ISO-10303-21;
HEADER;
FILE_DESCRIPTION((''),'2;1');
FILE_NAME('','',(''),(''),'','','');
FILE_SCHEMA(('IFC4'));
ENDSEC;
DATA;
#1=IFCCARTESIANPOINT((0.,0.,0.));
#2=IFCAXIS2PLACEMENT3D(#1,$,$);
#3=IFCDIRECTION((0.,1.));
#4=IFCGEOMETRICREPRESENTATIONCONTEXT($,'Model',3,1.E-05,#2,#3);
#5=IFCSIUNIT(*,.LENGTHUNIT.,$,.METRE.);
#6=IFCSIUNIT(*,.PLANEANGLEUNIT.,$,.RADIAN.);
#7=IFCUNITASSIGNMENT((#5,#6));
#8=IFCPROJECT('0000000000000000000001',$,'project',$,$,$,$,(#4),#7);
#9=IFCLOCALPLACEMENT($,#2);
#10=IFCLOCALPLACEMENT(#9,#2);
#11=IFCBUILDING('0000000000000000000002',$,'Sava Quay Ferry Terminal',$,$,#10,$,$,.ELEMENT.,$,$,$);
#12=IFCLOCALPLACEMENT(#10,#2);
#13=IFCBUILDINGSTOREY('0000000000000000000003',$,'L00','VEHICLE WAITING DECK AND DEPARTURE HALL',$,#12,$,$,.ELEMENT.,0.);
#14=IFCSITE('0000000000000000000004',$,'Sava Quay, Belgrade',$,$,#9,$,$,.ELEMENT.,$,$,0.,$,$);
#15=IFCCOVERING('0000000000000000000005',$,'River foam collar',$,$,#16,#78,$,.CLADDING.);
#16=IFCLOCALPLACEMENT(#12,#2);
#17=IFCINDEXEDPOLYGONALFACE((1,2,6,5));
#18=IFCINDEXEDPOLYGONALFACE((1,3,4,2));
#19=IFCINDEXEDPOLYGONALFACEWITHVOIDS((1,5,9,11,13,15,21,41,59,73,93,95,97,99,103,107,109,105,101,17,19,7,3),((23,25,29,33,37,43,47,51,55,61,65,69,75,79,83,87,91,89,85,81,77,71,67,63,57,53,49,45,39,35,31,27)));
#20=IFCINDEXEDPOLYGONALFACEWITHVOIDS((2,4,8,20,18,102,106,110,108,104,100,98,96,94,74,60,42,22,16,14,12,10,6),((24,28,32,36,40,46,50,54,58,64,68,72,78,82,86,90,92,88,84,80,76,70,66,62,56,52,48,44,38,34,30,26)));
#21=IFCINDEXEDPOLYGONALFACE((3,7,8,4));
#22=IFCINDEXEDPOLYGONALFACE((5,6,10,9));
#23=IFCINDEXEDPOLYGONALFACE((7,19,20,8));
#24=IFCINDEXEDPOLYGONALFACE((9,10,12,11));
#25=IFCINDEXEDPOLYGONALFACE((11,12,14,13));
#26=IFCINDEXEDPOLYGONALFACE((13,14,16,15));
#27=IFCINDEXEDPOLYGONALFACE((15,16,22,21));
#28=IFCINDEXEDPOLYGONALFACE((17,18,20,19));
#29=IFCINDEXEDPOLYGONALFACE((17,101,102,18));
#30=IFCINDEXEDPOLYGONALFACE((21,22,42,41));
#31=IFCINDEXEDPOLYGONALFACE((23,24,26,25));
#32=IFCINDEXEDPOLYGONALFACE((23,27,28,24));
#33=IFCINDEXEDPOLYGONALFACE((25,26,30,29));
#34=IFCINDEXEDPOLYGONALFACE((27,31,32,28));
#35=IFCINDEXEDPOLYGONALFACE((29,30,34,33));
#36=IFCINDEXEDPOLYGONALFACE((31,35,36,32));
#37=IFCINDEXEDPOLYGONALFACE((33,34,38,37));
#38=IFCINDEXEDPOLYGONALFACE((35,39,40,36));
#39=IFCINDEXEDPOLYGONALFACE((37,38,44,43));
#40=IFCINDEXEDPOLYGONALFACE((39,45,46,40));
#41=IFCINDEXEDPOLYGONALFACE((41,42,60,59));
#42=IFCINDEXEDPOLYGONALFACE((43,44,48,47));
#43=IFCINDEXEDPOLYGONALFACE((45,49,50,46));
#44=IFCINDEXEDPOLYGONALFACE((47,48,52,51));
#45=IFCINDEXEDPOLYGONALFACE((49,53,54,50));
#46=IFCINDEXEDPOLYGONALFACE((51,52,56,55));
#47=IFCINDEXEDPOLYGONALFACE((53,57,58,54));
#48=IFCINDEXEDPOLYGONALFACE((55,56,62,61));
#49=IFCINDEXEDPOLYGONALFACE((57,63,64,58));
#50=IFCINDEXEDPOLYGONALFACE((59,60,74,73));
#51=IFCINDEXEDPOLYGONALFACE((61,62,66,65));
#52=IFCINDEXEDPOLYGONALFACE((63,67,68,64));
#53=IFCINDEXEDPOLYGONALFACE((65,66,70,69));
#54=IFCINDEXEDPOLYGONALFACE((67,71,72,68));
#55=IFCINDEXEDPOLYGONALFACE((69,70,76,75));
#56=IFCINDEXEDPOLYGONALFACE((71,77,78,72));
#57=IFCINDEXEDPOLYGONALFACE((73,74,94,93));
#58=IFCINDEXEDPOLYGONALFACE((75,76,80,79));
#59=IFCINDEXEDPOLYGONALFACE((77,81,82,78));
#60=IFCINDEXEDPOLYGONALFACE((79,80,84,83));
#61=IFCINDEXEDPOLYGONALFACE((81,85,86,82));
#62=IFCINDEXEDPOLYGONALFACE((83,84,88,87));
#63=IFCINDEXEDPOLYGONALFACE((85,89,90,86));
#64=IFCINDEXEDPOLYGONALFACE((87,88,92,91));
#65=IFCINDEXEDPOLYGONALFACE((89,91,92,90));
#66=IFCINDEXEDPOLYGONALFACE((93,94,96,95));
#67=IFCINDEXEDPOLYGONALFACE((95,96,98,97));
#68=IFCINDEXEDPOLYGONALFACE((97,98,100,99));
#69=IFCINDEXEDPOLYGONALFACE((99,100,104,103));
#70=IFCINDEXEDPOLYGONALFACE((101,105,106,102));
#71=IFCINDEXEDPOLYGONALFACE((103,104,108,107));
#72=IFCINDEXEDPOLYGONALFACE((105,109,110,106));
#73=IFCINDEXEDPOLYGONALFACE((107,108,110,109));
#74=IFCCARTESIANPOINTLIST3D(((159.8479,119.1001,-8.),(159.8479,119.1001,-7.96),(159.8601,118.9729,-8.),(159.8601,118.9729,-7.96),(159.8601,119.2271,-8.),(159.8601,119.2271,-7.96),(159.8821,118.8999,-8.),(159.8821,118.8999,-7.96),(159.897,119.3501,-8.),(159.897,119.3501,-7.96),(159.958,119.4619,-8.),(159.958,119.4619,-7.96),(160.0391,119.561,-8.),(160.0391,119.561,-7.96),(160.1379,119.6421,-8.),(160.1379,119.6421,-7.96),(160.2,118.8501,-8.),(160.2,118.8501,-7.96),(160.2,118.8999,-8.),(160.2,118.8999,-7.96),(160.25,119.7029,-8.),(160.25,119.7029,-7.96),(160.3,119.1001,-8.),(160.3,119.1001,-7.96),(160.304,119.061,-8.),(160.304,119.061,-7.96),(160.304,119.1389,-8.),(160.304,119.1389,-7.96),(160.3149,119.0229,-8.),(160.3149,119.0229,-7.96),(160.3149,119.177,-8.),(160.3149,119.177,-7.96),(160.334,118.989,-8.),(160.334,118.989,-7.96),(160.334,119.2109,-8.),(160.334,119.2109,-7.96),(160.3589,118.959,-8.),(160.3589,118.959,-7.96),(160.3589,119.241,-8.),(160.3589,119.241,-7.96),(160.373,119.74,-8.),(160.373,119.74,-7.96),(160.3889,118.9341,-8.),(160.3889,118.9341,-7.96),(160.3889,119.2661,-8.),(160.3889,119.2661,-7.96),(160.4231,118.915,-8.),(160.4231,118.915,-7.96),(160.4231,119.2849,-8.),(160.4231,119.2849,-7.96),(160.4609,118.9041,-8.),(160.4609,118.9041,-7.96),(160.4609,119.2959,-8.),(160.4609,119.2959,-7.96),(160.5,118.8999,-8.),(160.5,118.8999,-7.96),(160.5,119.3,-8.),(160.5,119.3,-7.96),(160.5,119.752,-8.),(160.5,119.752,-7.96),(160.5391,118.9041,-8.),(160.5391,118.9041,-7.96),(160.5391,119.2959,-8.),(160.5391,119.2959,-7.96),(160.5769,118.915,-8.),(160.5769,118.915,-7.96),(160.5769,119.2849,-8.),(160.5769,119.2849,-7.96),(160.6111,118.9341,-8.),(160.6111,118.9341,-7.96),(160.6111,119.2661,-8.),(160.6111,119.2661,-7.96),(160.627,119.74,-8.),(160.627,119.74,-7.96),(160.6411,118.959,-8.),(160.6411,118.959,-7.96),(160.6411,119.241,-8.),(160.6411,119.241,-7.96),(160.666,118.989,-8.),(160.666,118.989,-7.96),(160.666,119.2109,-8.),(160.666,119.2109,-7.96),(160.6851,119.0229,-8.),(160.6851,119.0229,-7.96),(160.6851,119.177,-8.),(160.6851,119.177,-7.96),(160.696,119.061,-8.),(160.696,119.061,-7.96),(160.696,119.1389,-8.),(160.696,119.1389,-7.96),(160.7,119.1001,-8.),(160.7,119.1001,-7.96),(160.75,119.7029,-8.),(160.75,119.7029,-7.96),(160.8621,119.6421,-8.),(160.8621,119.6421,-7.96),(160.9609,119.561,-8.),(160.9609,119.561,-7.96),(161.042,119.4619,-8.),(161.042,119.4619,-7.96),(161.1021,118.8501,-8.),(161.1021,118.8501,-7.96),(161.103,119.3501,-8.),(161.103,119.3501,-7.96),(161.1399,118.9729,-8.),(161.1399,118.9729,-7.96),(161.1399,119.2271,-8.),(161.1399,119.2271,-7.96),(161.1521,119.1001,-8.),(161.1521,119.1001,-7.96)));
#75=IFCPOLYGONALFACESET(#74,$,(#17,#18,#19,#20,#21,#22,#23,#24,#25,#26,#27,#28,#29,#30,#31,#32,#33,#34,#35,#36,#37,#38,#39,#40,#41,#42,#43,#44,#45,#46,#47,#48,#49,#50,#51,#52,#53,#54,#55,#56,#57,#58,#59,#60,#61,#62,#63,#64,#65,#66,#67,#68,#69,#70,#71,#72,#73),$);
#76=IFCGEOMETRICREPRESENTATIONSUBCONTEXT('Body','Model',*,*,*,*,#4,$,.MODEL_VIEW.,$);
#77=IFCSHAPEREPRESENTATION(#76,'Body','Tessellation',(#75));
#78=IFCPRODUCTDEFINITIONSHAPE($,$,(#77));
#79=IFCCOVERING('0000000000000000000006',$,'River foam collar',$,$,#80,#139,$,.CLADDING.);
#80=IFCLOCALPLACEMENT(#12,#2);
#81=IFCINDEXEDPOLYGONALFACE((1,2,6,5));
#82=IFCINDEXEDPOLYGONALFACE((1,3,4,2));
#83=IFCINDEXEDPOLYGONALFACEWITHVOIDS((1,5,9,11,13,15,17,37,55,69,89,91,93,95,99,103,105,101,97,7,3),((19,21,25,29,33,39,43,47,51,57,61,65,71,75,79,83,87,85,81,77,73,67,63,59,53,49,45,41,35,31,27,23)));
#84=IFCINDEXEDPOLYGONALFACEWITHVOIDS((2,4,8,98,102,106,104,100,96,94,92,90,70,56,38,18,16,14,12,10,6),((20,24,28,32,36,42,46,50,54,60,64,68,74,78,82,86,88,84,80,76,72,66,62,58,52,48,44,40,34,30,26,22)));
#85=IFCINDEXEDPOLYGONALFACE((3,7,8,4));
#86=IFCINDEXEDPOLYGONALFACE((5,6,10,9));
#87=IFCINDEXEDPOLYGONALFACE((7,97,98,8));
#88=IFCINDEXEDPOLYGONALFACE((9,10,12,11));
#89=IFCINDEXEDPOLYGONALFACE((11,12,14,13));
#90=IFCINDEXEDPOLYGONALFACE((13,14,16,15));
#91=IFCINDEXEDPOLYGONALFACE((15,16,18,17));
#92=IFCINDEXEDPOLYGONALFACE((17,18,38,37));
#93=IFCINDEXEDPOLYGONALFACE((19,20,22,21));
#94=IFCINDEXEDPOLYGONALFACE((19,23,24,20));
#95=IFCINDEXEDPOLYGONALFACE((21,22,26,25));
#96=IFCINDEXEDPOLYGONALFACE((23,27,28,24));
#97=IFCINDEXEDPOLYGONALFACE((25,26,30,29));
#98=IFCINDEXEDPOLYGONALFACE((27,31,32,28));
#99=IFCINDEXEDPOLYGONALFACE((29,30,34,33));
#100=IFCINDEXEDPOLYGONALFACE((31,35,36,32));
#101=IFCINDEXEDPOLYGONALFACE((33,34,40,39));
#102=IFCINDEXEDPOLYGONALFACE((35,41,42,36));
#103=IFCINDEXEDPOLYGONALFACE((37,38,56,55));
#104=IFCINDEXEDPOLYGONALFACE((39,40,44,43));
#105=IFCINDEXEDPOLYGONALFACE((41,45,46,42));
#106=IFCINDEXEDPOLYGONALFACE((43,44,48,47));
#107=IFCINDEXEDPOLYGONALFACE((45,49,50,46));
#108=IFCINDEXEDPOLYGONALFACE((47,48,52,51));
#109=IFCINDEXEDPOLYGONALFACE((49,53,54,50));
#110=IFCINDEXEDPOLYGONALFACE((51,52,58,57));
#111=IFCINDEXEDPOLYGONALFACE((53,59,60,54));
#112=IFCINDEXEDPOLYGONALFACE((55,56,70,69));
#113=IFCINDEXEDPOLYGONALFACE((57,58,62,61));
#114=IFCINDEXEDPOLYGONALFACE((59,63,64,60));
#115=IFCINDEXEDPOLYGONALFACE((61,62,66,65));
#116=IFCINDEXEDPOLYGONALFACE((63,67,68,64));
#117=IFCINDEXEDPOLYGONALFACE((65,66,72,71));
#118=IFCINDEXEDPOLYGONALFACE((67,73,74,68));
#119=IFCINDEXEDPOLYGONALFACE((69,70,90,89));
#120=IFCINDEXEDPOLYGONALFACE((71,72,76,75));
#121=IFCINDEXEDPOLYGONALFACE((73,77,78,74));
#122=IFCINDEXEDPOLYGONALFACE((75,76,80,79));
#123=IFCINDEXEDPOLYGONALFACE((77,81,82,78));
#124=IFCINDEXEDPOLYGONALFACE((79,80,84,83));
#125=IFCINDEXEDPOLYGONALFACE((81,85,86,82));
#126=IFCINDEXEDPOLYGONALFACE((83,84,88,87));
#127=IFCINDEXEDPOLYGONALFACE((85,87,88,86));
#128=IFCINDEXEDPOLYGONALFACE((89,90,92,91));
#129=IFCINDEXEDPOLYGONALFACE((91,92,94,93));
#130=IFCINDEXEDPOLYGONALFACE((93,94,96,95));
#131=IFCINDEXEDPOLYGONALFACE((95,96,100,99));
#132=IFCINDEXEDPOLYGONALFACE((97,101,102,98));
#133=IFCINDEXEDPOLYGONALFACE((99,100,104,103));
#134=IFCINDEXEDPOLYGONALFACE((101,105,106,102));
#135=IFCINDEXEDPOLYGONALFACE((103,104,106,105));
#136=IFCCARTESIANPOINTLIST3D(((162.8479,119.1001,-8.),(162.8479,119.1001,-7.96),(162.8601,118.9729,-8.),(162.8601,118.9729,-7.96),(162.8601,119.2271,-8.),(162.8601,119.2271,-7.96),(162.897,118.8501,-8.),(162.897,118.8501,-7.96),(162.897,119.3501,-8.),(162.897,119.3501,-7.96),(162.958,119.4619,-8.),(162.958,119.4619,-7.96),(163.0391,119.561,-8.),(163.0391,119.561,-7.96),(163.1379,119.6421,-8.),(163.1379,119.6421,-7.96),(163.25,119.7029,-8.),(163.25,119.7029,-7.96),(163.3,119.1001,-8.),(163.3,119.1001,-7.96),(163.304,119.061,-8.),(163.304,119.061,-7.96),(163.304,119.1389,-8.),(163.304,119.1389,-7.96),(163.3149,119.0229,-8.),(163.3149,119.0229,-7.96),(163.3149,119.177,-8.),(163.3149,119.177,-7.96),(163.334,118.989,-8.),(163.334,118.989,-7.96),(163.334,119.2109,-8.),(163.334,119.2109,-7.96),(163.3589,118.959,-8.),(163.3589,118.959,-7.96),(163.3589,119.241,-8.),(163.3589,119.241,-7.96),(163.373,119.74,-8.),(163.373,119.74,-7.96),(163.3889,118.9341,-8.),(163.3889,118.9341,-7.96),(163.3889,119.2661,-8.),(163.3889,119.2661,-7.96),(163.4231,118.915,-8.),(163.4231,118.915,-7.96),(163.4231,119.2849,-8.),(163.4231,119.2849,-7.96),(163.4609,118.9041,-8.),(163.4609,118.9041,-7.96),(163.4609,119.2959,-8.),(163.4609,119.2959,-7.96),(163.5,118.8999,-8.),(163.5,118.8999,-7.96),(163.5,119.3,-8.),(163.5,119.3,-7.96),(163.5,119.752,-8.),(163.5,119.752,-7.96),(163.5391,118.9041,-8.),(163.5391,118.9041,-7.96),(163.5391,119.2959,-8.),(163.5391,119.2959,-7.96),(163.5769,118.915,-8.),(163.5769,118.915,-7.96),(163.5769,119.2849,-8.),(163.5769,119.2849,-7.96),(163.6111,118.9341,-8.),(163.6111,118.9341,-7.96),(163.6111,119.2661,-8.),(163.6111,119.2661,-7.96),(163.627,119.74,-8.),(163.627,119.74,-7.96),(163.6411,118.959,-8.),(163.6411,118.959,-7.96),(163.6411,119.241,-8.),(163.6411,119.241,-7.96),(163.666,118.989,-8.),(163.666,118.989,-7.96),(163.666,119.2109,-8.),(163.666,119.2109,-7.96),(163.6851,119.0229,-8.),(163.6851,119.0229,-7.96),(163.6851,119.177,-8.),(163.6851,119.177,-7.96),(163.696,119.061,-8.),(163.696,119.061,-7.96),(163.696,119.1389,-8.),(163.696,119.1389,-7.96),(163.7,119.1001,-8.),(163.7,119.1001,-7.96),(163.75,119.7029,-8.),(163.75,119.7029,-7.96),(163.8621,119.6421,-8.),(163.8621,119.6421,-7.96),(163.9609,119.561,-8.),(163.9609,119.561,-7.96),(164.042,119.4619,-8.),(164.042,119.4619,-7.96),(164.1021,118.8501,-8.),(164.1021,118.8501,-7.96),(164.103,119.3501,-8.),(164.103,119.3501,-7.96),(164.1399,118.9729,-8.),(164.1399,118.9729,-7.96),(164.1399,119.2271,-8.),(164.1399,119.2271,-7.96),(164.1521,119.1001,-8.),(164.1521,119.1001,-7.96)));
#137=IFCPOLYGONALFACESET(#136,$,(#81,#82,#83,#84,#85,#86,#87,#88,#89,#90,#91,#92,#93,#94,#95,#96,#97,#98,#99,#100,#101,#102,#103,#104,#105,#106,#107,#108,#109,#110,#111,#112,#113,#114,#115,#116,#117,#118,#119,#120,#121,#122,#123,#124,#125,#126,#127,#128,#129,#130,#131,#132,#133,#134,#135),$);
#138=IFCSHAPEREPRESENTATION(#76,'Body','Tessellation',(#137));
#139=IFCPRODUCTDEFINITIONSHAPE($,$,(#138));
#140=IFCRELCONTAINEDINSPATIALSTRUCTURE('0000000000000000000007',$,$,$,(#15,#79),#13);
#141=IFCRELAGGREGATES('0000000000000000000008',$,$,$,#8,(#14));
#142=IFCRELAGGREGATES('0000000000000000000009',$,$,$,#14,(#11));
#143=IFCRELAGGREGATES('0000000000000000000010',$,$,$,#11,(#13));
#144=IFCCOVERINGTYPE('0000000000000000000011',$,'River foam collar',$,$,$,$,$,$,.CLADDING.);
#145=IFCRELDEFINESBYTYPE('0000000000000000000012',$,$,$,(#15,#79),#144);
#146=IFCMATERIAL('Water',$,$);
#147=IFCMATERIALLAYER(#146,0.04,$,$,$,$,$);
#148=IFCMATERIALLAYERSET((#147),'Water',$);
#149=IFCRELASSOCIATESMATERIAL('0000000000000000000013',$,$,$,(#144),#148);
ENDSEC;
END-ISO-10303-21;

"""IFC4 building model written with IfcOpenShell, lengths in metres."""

from ifc_helpers import new_model, si_unit, direction, frame, origin, place, context, subcontext, project, spatial, polyline, outline, extrude, material, layer, layer_set, type_object, element, save


model = new_model("IFC4")

# Units and contexts
model_context = context("Model", 3, precision=1e-05, world=origin(), true_north=direction((0.0, 1.0)))
body_context = subcontext(model_context, "Body", "Model", "MODEL_VIEW")
ifc_project = project(units=[si_unit("LENGTHUNIT", "METRE"), si_unit("PLANEANGLEUNIT", "RADIAN")], contexts=[model_context])

# Site, building, storey
site_placement = place(None, origin())
site = spatial("IfcSite", under=ifc_project, at=site_placement, Name="Sava Quay, Belgrade", CompositionType="ELEMENT", RefElevation=0.0)
building_placement = place(site_placement, origin())
building = spatial("IfcBuilding", under=site, at=building_placement, Name="Sava Quay Ferry Terminal", CompositionType="ELEMENT")
storey_placement = place(building_placement, origin())
storey = spatial("IfcBuildingStorey", under=building, at=storey_placement, Name="L00", Description="VEHICLE WAITING DECK AND DEPARTURE HALL", CompositionType="ELEMENT", Elevation=0.0)

# Coverings
ifc_material_1 = material(Name="Water")
ifc_layer_1 = layer(ifc_material_1, 0.04)
ifc_layer_set_1 = layer_set([ifc_layer_1], Name="Water")
covering_type_1 = type_object("IfcCoveringType", Name="River foam collar", PredefinedType="CLADDING", material=ifc_layer_set_1)
covering_1_placement = place(storey_placement, frame((0.0, 0.0, -8.0)))
element("IfcCovering", 1, at=covering_1_placement, inside=storey, type_object=covering_type_1, Name="River foam collar", PredefinedType="CLADDING", context=body_context, shape_type="SweptSolid", body=[
    extrude(outline(polyline([(161.103, 119.3501), (161.042, 119.4619), (160.9609, 119.561), (160.8621, 119.6421), (160.75, 119.7029), (160.627, 119.74), (160.5, 119.752), (160.373, 119.74), (160.25, 119.7029), (160.1379, 119.6421), (160.0391, 119.561), (159.958, 119.4619), (159.897, 119.3501), (159.8601, 119.2271), (159.8479, 119.1001), (159.8601, 118.9729), (159.8821, 118.8999), (160.2, 118.8999), (160.2, 118.8501), (161.1021, 118.8501), (161.1399, 118.9729), (161.1521, 119.1001), (161.1399, 119.2271), (161.103, 119.3501)]), holes=[polyline([(160.3149, 119.177), (160.334, 119.2109), (160.3589, 119.241), (160.3889, 119.2661), (160.4231, 119.2849), (160.4609, 119.2959), (160.5, 119.3), (160.5391, 119.2959), (160.5769, 119.2849), (160.6111, 119.2661), (160.6411, 119.241), (160.666, 119.2109), (160.6851, 119.177), (160.696, 119.1389), (160.7, 119.1001), (160.696, 119.061), (160.6851, 119.0229), (160.666, 118.989), (160.6411, 118.959), (160.6111, 118.9341), (160.5769, 118.915), (160.5391, 118.9041), (160.5, 118.8999), (160.4609, 118.9041), (160.4231, 118.915), (160.3889, 118.9341), (160.3589, 118.959), (160.334, 118.989), (160.3149, 119.0229), (160.304, 119.061), (160.3, 119.1001), (160.304, 119.1389), (160.3149, 119.177)])]), origin(), (0.0, 0.0, 1.0), 0.04),
])
covering_2_placement = place(storey_placement, frame((0.0, 0.0, -8.0)))
element("IfcCovering", 2, at=covering_2_placement, inside=storey, type_object=covering_type_1, Name="River foam collar", PredefinedType="CLADDING", context=body_context, shape_type="SweptSolid", body=[
    extrude(outline(polyline([(162.897, 118.8501), (164.1021, 118.8501), (164.1399, 118.9729), (164.1521, 119.1001), (164.1399, 119.2271), (164.103, 119.3501), (164.042, 119.4619), (163.9609, 119.561), (163.8621, 119.6421), (163.75, 119.7029), (163.627, 119.74), (163.5, 119.752), (163.373, 119.74), (163.25, 119.7029), (163.1379, 119.6421), (163.0391, 119.561), (162.958, 119.4619), (162.897, 119.3501), (162.8601, 119.2271), (162.8479, 119.1001), (162.8601, 118.9729), (162.897, 118.8501)]), holes=[polyline([(163.304, 119.1389), (163.3149, 119.177), (163.334, 119.2109), (163.3589, 119.241), (163.3889, 119.2661), (163.4231, 119.2849), (163.4609, 119.2959), (163.5, 119.3), (163.5391, 119.2959), (163.5769, 119.2849), (163.6111, 119.2661), (163.6411, 119.241), (163.666, 119.2109), (163.6851, 119.177), (163.696, 119.1389), (163.7, 119.1001), (163.696, 119.061), (163.6851, 119.0229), (163.666, 118.989), (163.6411, 118.959), (163.6111, 118.9341), (163.5769, 118.915), (163.5391, 118.9041), (163.5, 118.8999), (163.4609, 118.9041), (163.4231, 118.915), (163.3889, 118.9341), (163.3589, 118.959), (163.334, 118.989), (163.3149, 119.0229), (163.304, 119.061), (163.3, 119.1001), (163.304, 119.1389)])]), origin(), (0.0, 0.0, 1.0), 0.04),
])

save(model, "model.ifc")
